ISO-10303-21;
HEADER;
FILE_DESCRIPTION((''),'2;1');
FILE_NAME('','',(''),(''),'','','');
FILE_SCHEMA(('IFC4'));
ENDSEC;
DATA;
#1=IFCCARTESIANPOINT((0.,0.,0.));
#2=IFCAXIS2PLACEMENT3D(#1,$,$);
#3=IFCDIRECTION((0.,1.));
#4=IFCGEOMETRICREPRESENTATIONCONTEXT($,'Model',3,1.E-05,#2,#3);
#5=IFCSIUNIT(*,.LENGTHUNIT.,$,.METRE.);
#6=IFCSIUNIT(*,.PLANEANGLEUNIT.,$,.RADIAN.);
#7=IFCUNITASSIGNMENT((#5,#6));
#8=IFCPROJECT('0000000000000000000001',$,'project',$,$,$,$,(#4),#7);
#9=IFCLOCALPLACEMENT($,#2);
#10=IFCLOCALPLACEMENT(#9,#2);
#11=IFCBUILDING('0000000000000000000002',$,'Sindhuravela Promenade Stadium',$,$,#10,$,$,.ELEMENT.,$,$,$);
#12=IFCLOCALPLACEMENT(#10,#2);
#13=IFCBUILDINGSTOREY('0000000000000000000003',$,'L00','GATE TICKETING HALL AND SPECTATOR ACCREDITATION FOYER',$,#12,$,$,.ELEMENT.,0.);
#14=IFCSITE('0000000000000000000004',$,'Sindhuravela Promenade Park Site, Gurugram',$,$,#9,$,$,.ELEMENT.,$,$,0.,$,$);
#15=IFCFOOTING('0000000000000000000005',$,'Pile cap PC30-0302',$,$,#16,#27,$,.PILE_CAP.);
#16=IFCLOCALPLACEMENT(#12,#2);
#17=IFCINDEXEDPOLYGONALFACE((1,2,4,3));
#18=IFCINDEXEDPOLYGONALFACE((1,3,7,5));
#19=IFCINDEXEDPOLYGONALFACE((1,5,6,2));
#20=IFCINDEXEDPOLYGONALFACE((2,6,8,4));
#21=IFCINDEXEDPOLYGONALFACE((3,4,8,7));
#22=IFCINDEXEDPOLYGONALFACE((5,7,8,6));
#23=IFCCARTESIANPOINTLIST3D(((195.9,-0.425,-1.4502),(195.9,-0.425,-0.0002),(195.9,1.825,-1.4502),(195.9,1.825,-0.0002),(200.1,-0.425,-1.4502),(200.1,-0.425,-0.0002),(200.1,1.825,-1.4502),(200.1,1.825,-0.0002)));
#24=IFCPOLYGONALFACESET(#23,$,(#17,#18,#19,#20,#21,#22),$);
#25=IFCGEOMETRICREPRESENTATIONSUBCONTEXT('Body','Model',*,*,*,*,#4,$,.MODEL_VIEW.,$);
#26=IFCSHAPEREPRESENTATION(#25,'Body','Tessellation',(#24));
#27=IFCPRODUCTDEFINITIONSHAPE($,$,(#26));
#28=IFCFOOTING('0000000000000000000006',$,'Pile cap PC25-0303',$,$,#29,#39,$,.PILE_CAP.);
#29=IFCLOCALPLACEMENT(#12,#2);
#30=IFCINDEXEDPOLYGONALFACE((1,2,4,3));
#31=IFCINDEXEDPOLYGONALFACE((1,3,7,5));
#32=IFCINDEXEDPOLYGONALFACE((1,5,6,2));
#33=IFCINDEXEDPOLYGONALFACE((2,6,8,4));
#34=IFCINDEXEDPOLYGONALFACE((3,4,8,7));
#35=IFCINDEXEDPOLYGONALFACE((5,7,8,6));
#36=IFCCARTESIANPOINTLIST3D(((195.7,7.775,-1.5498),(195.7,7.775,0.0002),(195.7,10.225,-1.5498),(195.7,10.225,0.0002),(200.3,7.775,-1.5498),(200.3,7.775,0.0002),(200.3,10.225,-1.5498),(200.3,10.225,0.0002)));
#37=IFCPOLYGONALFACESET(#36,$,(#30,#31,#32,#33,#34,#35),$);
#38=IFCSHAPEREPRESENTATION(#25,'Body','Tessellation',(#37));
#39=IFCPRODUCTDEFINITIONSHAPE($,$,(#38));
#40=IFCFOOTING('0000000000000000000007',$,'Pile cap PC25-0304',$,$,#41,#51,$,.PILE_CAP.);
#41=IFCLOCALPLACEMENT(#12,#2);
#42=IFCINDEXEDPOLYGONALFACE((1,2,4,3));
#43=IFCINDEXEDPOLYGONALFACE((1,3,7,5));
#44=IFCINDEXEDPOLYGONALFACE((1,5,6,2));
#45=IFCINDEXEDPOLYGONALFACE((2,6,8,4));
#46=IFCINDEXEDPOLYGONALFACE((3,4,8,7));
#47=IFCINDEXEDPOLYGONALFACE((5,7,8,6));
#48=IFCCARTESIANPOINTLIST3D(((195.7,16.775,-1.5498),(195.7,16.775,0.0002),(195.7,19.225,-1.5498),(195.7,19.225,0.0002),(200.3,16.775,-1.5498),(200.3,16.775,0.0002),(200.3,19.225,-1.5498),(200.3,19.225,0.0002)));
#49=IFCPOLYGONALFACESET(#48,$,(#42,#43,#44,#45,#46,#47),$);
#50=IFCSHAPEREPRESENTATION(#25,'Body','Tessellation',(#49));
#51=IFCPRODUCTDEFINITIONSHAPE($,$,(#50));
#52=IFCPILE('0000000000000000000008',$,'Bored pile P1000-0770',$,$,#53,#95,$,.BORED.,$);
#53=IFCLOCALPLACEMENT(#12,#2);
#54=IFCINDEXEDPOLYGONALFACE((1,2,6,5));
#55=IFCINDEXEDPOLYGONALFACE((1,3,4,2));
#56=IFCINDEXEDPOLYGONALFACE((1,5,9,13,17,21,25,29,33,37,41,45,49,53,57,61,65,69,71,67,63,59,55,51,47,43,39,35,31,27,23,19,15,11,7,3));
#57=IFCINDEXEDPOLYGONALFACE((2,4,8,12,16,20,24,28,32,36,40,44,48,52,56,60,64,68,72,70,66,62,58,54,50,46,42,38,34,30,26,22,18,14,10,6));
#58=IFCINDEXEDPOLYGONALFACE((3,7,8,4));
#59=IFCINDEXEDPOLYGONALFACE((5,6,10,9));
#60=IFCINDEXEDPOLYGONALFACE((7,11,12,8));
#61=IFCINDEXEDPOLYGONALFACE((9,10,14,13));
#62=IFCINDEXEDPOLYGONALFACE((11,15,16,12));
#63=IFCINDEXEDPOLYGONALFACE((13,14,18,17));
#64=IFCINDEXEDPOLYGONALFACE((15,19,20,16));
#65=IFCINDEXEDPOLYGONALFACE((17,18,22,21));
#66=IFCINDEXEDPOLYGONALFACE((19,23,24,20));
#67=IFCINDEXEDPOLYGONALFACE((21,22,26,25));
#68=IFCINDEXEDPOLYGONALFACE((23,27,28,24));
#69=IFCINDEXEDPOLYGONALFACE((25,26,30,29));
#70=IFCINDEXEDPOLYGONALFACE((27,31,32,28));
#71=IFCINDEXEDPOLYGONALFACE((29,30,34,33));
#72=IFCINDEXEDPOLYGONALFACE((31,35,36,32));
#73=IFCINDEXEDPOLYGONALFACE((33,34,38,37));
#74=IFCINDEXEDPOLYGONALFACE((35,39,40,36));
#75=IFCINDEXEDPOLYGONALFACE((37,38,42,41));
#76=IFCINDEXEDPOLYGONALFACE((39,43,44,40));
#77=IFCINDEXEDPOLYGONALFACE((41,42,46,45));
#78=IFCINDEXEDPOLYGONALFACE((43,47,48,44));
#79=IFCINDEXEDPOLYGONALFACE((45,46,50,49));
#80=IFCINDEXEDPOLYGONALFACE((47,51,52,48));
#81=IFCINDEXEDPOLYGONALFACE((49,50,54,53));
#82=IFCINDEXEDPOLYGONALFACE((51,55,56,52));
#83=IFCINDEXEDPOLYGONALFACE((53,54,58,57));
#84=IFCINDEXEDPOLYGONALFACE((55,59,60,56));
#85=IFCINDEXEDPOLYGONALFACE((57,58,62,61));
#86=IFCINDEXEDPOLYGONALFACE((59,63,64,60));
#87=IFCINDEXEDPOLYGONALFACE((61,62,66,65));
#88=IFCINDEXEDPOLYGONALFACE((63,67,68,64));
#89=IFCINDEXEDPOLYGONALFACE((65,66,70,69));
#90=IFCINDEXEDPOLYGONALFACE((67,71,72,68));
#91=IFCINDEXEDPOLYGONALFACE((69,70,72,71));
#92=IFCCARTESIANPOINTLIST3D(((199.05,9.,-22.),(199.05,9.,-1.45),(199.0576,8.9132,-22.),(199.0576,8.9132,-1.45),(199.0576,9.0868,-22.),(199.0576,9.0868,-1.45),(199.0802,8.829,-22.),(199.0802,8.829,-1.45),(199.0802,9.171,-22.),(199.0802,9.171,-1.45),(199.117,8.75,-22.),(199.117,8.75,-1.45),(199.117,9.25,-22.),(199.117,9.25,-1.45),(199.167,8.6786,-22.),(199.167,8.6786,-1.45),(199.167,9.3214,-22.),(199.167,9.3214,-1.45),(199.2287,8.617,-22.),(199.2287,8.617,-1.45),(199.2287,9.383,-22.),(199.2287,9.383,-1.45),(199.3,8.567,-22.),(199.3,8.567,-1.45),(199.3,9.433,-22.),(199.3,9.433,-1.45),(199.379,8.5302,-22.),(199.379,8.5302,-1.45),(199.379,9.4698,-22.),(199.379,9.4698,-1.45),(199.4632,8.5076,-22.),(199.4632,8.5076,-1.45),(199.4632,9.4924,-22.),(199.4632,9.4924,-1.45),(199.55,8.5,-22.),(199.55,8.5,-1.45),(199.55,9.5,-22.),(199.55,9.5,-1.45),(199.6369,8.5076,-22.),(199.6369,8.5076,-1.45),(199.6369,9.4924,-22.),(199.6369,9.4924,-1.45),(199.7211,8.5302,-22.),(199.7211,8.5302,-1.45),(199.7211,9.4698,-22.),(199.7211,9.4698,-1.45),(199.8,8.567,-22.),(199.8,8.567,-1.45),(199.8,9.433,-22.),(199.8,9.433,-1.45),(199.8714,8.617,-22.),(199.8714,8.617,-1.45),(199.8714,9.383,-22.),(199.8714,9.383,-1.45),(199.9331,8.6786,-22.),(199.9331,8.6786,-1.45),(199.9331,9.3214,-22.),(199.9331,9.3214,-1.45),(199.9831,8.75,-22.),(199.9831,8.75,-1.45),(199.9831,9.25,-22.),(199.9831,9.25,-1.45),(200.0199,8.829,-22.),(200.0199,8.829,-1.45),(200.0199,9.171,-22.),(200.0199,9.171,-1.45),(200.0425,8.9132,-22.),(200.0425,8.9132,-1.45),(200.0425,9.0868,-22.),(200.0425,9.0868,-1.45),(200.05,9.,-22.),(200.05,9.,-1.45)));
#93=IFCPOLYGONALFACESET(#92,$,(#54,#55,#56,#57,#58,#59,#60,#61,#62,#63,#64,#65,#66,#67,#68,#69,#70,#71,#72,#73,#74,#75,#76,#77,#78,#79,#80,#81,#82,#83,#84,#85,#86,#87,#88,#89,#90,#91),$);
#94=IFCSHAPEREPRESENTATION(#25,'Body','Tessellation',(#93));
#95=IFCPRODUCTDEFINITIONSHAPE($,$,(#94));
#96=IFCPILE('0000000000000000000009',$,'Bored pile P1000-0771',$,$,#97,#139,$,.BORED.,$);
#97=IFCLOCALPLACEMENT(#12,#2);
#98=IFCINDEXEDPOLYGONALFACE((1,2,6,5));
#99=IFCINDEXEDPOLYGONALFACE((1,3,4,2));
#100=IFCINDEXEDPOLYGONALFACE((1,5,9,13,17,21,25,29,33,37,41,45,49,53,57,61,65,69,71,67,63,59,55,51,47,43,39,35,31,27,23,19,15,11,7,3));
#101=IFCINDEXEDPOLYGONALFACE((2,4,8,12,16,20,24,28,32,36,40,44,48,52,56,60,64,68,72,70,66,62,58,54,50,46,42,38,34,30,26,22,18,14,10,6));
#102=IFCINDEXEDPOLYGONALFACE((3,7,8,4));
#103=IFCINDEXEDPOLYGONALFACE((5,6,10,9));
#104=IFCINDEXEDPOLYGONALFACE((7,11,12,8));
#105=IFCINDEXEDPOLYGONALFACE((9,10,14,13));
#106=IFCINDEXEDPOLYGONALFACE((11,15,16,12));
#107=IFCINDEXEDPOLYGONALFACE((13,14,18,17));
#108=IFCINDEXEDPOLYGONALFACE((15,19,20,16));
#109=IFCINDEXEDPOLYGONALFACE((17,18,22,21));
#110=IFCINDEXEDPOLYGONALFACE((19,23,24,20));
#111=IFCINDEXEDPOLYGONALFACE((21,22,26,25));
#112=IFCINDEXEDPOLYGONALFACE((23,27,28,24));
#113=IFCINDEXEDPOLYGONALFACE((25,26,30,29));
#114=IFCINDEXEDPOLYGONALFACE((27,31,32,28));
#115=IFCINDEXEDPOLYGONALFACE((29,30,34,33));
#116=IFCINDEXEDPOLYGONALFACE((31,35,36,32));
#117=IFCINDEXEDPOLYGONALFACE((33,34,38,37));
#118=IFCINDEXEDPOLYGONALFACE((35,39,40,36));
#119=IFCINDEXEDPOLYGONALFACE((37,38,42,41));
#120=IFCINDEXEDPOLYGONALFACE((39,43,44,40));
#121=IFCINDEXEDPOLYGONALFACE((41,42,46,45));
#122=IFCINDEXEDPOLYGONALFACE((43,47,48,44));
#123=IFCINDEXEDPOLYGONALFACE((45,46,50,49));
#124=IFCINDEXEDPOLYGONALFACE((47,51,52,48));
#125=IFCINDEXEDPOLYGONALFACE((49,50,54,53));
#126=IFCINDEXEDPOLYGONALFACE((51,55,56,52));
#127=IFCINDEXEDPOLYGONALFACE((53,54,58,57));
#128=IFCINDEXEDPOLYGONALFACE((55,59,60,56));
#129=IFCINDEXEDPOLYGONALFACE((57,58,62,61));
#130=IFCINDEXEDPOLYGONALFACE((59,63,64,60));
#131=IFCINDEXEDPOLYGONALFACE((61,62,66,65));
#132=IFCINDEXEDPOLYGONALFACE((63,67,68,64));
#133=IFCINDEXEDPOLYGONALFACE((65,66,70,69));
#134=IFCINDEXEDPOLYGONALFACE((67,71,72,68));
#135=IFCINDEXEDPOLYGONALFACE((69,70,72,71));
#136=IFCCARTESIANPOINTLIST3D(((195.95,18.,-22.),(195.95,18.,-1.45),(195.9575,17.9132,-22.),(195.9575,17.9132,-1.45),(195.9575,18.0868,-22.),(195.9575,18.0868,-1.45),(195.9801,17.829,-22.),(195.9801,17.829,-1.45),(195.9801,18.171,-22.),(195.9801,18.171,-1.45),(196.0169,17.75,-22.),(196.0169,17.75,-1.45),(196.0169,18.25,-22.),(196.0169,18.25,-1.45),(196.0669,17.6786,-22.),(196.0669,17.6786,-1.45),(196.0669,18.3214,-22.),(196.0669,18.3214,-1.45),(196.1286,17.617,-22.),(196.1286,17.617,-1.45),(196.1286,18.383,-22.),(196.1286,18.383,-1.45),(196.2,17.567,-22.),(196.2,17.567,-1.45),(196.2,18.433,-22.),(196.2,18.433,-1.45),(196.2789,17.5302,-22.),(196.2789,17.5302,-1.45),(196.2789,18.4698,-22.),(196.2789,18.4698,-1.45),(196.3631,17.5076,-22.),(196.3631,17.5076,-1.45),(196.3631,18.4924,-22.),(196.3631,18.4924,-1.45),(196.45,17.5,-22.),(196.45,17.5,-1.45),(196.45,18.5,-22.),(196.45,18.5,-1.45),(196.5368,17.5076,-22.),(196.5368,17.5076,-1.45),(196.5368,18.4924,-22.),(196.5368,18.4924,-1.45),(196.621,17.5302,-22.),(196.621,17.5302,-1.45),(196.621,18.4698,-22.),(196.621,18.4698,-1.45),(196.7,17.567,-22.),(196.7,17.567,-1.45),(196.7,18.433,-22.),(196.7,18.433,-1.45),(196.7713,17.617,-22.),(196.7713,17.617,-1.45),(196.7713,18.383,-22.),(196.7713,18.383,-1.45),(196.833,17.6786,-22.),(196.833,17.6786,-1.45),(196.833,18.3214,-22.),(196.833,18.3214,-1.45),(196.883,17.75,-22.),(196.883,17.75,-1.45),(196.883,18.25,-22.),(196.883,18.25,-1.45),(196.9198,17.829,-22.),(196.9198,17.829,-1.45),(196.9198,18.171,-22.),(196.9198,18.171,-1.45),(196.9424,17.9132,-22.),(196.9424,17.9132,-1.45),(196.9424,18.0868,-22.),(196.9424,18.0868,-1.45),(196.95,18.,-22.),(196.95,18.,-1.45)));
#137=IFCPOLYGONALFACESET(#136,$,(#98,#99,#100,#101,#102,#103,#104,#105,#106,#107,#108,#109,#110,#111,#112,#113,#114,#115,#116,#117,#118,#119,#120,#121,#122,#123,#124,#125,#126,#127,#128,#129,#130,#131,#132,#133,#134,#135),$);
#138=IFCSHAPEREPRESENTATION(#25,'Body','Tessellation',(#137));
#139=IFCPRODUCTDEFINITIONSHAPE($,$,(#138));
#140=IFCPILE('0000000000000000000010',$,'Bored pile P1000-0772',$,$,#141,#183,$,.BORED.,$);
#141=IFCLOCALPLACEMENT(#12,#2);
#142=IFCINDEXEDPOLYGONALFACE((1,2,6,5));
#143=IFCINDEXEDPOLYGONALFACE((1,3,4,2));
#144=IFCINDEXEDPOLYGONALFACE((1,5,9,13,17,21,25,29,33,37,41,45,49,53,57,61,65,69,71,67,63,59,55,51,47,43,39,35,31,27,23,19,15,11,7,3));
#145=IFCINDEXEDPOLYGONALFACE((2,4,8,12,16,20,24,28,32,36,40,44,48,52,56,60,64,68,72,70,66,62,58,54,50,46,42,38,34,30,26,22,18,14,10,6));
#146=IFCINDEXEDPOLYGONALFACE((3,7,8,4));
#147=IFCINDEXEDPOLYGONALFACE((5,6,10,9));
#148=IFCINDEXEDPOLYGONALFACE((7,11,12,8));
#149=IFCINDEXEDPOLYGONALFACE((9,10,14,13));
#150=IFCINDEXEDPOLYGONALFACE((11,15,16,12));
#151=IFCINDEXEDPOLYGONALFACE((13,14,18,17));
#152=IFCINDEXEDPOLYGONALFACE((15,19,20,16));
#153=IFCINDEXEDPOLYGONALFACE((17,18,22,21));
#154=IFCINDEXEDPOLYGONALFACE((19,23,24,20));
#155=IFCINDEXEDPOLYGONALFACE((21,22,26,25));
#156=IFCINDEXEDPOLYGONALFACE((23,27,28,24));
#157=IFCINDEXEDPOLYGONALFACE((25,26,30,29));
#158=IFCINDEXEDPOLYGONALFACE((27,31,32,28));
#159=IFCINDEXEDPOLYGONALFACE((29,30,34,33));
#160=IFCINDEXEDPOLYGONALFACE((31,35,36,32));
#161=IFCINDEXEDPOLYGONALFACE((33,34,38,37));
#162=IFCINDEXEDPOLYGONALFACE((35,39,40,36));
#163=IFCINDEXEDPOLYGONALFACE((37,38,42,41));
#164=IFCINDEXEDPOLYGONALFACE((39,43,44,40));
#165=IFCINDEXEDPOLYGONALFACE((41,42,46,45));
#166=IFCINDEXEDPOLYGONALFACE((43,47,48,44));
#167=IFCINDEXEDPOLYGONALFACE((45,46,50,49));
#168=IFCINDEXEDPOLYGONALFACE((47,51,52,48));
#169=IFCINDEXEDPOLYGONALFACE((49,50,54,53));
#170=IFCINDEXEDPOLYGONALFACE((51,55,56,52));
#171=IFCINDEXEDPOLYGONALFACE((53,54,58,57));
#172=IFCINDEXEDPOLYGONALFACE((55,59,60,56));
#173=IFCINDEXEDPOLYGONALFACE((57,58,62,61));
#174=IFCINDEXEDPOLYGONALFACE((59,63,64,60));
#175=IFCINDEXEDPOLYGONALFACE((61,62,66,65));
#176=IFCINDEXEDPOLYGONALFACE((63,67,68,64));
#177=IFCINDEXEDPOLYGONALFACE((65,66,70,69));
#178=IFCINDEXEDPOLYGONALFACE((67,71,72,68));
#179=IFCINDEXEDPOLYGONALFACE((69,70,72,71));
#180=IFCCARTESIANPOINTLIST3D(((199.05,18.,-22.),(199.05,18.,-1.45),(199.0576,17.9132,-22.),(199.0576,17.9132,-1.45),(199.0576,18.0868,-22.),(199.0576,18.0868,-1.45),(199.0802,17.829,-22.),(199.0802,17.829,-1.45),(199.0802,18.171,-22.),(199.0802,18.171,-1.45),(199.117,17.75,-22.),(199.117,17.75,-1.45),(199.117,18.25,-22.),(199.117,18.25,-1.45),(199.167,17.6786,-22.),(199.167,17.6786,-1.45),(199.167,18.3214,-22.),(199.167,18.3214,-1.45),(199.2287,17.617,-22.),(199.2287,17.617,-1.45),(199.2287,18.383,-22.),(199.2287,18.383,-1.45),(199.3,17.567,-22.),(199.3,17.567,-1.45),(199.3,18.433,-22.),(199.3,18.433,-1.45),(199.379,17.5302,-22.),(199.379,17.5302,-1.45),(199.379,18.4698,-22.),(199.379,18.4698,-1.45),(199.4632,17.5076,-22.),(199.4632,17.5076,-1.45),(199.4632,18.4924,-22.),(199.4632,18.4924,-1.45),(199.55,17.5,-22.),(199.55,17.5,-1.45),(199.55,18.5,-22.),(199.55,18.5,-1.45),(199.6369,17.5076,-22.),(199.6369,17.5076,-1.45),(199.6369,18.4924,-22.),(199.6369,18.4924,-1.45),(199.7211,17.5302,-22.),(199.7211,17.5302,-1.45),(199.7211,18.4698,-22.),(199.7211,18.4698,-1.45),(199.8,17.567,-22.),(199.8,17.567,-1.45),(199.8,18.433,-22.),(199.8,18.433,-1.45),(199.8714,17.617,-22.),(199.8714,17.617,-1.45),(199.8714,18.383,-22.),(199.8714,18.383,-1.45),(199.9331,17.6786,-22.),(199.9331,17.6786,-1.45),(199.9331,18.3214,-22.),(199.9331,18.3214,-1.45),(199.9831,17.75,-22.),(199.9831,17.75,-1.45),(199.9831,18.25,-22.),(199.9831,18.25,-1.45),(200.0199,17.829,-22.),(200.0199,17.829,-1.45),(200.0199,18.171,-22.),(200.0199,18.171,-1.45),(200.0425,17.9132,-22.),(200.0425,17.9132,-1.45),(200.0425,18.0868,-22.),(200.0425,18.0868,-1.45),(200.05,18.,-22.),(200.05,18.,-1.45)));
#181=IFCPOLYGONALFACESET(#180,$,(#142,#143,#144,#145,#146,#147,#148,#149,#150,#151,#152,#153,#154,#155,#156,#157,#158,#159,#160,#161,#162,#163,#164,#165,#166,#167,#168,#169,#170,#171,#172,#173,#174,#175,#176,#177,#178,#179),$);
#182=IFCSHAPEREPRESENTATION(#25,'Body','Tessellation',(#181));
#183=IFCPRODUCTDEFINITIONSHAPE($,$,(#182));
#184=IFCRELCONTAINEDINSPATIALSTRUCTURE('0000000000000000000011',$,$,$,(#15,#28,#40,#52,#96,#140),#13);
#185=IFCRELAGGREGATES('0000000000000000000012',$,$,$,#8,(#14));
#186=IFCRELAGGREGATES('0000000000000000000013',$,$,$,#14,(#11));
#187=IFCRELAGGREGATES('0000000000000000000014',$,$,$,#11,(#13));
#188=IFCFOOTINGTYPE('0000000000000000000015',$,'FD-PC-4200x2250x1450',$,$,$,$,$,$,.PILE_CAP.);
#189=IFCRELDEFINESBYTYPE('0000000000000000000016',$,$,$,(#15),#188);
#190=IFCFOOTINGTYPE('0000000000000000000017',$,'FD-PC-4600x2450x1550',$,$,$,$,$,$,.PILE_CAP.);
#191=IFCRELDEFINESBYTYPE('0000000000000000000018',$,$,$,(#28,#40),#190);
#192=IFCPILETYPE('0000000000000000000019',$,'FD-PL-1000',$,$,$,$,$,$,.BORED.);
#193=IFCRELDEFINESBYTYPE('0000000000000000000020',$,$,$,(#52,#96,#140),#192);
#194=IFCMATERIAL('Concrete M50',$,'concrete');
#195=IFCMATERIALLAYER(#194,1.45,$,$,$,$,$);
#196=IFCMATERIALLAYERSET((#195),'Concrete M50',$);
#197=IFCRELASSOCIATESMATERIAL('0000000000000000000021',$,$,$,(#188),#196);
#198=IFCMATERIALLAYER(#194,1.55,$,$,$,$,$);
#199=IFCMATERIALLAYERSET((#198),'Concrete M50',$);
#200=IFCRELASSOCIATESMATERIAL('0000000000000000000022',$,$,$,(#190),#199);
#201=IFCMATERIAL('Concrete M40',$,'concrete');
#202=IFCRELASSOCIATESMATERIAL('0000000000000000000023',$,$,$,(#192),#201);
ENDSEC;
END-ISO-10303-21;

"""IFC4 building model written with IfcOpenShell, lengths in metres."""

from ifc_helpers import new_model, si_unit, direction, frame, origin, origin_2d, place, context, subcontext, project, spatial, rectangle, circle, extrude, material, layer, layer_set, material_profile, profile_set, type_object, element, save


model = new_model("IFC4")

# Units and contexts
model_context = context("Model", 3, precision=1e-05, world=origin(), true_north=direction((0.0, 1.0)))
body_context = subcontext(model_context, "Body", "Model", "MODEL_VIEW")
ifc_project = project(units=[si_unit("LENGTHUNIT", "METRE"), si_unit("PLANEANGLEUNIT", "RADIAN")], contexts=[model_context])

# Site, building, storey
site_placement = place(None, origin())
site = spatial("IfcSite", under=ifc_project, at=site_placement, Name="Sindhuravela Promenade Park Site, Gurugram", CompositionType="ELEMENT", RefElevation=0.0)
building_placement = place(site_placement, origin())
building = spatial("IfcBuilding", under=site, at=building_placement, Name="Sindhuravela Promenade Stadium", CompositionType="ELEMENT")
storey_placement = place(building_placement, origin())
storey = spatial("IfcBuildingStorey", under=building, at=storey_placement, Name="L00", Description="GATE TICKETING HALL AND SPECTATOR ACCREDITATION FOYER", CompositionType="ELEMENT", Elevation=0.0)

# Footings
ifc_material_1 = material(Name="Concrete M50", Category="concrete")
ifc_layer_1 = layer(ifc_material_1, 1.45)
ifc_layer_set_1 = layer_set([ifc_layer_1], Name="Concrete M50")
footing_type_1 = type_object("IfcFootingType", Name="FD-PC-4200x2250x1450", PredefinedType="PILE_CAP", material=ifc_layer_set_1)
footing_placement = place(storey_placement, frame((198.0, 0.7, -1.4502), z_axis=(0.0, 0.0, 1.0), x_axis=(1.0, 0.0, 0.0)))
element("IfcFooting", 1, at=footing_placement, inside=storey, type_object=footing_type_1, Name="Pile cap PC30-0302", PredefinedType="PILE_CAP", context=body_context, shape_type="SweptSolid", body=[
    extrude(rectangle(XDim=4.2, YDim=2.25, at=origin_2d()), origin(), (0.0, 0.0, 1.0), 1.45),
])
ifc_layer_2 = layer(ifc_material_1, 1.55)
ifc_layer_set_2 = layer_set([ifc_layer_2], Name="Concrete M50")
footing_type_2 = type_object("IfcFootingType", Name="FD-PC-4600x2450x1550", PredefinedType="PILE_CAP", material=ifc_layer_set_2)
for number, where, z_axis, x_axis, name in (
    (2, (198.0, 9.0, -1.5498), (0.0, 0.0, 1.0), (1.0, 0.0, 0.0), "Pile cap PC25-0303"),
    (3, (198.0, 18.0, -1.5498), (0.0, 0.0, 1.0), (1.0, 0.0, 0.0), "Pile cap PC25-0304"),
):
    element("IfcFooting", number, at=place(storey_placement, frame(where, z_axis=z_axis, x_axis=x_axis)), inside=storey, type_object=footing_type_2, Name=name, PredefinedType="PILE_CAP", context=body_context, shape_type="SweptSolid", body=[
        extrude(rectangle(XDim=4.6001, YDim=2.45, at=origin_2d()), origin(), (0.0, 0.0, 1.0), 1.55),
    ])

# Piles
ifc_material_2 = material(Name="Concrete M40", Category="concrete")
ifc_material_profile_1 = material_profile(ifc_material_2, circle(Radius=0.5, at=origin_2d()), Name="BORED PILE D1000")
ifc_profile_set_1 = profile_set([ifc_material_profile_1], Name="Concrete M40")
pile_type_1 = type_object("IfcPileType", Name="FD-PL-1000", PredefinedType="BORED", material=ifc_profile_set_1)
for number, where, z_axis, x_axis, name in (
    (4, (199.55, 9.0, -1.45), (0.0, 0.0, -1.0), (1.0, 0.0, 0.0), "Bored pile P1000-0770"),
    (5, (196.45, 18.0, -1.45), (0.0, 0.0, -1.0), (1.0, 0.0, 0.0), "Bored pile P1000-0771"),
    (6, (199.55, 18.0, -1.45), (0.0, 0.0, -1.0), (1.0, 0.0, 0.0), "Bored pile P1000-0772"),
):
    element("IfcPile", number, at=place(storey_placement, frame(where, z_axis=z_axis, x_axis=x_axis)), inside=storey, type_object=pile_type_1, Name=name, PredefinedType="BORED", context=body_context, shape_type="SweptSolid", body=[
        extrude(circle(Radius=0.5, at=origin_2d()), origin(), (0.0, 0.0, 1.0), 20.55),
    ])

save(model, "model.ifc")
